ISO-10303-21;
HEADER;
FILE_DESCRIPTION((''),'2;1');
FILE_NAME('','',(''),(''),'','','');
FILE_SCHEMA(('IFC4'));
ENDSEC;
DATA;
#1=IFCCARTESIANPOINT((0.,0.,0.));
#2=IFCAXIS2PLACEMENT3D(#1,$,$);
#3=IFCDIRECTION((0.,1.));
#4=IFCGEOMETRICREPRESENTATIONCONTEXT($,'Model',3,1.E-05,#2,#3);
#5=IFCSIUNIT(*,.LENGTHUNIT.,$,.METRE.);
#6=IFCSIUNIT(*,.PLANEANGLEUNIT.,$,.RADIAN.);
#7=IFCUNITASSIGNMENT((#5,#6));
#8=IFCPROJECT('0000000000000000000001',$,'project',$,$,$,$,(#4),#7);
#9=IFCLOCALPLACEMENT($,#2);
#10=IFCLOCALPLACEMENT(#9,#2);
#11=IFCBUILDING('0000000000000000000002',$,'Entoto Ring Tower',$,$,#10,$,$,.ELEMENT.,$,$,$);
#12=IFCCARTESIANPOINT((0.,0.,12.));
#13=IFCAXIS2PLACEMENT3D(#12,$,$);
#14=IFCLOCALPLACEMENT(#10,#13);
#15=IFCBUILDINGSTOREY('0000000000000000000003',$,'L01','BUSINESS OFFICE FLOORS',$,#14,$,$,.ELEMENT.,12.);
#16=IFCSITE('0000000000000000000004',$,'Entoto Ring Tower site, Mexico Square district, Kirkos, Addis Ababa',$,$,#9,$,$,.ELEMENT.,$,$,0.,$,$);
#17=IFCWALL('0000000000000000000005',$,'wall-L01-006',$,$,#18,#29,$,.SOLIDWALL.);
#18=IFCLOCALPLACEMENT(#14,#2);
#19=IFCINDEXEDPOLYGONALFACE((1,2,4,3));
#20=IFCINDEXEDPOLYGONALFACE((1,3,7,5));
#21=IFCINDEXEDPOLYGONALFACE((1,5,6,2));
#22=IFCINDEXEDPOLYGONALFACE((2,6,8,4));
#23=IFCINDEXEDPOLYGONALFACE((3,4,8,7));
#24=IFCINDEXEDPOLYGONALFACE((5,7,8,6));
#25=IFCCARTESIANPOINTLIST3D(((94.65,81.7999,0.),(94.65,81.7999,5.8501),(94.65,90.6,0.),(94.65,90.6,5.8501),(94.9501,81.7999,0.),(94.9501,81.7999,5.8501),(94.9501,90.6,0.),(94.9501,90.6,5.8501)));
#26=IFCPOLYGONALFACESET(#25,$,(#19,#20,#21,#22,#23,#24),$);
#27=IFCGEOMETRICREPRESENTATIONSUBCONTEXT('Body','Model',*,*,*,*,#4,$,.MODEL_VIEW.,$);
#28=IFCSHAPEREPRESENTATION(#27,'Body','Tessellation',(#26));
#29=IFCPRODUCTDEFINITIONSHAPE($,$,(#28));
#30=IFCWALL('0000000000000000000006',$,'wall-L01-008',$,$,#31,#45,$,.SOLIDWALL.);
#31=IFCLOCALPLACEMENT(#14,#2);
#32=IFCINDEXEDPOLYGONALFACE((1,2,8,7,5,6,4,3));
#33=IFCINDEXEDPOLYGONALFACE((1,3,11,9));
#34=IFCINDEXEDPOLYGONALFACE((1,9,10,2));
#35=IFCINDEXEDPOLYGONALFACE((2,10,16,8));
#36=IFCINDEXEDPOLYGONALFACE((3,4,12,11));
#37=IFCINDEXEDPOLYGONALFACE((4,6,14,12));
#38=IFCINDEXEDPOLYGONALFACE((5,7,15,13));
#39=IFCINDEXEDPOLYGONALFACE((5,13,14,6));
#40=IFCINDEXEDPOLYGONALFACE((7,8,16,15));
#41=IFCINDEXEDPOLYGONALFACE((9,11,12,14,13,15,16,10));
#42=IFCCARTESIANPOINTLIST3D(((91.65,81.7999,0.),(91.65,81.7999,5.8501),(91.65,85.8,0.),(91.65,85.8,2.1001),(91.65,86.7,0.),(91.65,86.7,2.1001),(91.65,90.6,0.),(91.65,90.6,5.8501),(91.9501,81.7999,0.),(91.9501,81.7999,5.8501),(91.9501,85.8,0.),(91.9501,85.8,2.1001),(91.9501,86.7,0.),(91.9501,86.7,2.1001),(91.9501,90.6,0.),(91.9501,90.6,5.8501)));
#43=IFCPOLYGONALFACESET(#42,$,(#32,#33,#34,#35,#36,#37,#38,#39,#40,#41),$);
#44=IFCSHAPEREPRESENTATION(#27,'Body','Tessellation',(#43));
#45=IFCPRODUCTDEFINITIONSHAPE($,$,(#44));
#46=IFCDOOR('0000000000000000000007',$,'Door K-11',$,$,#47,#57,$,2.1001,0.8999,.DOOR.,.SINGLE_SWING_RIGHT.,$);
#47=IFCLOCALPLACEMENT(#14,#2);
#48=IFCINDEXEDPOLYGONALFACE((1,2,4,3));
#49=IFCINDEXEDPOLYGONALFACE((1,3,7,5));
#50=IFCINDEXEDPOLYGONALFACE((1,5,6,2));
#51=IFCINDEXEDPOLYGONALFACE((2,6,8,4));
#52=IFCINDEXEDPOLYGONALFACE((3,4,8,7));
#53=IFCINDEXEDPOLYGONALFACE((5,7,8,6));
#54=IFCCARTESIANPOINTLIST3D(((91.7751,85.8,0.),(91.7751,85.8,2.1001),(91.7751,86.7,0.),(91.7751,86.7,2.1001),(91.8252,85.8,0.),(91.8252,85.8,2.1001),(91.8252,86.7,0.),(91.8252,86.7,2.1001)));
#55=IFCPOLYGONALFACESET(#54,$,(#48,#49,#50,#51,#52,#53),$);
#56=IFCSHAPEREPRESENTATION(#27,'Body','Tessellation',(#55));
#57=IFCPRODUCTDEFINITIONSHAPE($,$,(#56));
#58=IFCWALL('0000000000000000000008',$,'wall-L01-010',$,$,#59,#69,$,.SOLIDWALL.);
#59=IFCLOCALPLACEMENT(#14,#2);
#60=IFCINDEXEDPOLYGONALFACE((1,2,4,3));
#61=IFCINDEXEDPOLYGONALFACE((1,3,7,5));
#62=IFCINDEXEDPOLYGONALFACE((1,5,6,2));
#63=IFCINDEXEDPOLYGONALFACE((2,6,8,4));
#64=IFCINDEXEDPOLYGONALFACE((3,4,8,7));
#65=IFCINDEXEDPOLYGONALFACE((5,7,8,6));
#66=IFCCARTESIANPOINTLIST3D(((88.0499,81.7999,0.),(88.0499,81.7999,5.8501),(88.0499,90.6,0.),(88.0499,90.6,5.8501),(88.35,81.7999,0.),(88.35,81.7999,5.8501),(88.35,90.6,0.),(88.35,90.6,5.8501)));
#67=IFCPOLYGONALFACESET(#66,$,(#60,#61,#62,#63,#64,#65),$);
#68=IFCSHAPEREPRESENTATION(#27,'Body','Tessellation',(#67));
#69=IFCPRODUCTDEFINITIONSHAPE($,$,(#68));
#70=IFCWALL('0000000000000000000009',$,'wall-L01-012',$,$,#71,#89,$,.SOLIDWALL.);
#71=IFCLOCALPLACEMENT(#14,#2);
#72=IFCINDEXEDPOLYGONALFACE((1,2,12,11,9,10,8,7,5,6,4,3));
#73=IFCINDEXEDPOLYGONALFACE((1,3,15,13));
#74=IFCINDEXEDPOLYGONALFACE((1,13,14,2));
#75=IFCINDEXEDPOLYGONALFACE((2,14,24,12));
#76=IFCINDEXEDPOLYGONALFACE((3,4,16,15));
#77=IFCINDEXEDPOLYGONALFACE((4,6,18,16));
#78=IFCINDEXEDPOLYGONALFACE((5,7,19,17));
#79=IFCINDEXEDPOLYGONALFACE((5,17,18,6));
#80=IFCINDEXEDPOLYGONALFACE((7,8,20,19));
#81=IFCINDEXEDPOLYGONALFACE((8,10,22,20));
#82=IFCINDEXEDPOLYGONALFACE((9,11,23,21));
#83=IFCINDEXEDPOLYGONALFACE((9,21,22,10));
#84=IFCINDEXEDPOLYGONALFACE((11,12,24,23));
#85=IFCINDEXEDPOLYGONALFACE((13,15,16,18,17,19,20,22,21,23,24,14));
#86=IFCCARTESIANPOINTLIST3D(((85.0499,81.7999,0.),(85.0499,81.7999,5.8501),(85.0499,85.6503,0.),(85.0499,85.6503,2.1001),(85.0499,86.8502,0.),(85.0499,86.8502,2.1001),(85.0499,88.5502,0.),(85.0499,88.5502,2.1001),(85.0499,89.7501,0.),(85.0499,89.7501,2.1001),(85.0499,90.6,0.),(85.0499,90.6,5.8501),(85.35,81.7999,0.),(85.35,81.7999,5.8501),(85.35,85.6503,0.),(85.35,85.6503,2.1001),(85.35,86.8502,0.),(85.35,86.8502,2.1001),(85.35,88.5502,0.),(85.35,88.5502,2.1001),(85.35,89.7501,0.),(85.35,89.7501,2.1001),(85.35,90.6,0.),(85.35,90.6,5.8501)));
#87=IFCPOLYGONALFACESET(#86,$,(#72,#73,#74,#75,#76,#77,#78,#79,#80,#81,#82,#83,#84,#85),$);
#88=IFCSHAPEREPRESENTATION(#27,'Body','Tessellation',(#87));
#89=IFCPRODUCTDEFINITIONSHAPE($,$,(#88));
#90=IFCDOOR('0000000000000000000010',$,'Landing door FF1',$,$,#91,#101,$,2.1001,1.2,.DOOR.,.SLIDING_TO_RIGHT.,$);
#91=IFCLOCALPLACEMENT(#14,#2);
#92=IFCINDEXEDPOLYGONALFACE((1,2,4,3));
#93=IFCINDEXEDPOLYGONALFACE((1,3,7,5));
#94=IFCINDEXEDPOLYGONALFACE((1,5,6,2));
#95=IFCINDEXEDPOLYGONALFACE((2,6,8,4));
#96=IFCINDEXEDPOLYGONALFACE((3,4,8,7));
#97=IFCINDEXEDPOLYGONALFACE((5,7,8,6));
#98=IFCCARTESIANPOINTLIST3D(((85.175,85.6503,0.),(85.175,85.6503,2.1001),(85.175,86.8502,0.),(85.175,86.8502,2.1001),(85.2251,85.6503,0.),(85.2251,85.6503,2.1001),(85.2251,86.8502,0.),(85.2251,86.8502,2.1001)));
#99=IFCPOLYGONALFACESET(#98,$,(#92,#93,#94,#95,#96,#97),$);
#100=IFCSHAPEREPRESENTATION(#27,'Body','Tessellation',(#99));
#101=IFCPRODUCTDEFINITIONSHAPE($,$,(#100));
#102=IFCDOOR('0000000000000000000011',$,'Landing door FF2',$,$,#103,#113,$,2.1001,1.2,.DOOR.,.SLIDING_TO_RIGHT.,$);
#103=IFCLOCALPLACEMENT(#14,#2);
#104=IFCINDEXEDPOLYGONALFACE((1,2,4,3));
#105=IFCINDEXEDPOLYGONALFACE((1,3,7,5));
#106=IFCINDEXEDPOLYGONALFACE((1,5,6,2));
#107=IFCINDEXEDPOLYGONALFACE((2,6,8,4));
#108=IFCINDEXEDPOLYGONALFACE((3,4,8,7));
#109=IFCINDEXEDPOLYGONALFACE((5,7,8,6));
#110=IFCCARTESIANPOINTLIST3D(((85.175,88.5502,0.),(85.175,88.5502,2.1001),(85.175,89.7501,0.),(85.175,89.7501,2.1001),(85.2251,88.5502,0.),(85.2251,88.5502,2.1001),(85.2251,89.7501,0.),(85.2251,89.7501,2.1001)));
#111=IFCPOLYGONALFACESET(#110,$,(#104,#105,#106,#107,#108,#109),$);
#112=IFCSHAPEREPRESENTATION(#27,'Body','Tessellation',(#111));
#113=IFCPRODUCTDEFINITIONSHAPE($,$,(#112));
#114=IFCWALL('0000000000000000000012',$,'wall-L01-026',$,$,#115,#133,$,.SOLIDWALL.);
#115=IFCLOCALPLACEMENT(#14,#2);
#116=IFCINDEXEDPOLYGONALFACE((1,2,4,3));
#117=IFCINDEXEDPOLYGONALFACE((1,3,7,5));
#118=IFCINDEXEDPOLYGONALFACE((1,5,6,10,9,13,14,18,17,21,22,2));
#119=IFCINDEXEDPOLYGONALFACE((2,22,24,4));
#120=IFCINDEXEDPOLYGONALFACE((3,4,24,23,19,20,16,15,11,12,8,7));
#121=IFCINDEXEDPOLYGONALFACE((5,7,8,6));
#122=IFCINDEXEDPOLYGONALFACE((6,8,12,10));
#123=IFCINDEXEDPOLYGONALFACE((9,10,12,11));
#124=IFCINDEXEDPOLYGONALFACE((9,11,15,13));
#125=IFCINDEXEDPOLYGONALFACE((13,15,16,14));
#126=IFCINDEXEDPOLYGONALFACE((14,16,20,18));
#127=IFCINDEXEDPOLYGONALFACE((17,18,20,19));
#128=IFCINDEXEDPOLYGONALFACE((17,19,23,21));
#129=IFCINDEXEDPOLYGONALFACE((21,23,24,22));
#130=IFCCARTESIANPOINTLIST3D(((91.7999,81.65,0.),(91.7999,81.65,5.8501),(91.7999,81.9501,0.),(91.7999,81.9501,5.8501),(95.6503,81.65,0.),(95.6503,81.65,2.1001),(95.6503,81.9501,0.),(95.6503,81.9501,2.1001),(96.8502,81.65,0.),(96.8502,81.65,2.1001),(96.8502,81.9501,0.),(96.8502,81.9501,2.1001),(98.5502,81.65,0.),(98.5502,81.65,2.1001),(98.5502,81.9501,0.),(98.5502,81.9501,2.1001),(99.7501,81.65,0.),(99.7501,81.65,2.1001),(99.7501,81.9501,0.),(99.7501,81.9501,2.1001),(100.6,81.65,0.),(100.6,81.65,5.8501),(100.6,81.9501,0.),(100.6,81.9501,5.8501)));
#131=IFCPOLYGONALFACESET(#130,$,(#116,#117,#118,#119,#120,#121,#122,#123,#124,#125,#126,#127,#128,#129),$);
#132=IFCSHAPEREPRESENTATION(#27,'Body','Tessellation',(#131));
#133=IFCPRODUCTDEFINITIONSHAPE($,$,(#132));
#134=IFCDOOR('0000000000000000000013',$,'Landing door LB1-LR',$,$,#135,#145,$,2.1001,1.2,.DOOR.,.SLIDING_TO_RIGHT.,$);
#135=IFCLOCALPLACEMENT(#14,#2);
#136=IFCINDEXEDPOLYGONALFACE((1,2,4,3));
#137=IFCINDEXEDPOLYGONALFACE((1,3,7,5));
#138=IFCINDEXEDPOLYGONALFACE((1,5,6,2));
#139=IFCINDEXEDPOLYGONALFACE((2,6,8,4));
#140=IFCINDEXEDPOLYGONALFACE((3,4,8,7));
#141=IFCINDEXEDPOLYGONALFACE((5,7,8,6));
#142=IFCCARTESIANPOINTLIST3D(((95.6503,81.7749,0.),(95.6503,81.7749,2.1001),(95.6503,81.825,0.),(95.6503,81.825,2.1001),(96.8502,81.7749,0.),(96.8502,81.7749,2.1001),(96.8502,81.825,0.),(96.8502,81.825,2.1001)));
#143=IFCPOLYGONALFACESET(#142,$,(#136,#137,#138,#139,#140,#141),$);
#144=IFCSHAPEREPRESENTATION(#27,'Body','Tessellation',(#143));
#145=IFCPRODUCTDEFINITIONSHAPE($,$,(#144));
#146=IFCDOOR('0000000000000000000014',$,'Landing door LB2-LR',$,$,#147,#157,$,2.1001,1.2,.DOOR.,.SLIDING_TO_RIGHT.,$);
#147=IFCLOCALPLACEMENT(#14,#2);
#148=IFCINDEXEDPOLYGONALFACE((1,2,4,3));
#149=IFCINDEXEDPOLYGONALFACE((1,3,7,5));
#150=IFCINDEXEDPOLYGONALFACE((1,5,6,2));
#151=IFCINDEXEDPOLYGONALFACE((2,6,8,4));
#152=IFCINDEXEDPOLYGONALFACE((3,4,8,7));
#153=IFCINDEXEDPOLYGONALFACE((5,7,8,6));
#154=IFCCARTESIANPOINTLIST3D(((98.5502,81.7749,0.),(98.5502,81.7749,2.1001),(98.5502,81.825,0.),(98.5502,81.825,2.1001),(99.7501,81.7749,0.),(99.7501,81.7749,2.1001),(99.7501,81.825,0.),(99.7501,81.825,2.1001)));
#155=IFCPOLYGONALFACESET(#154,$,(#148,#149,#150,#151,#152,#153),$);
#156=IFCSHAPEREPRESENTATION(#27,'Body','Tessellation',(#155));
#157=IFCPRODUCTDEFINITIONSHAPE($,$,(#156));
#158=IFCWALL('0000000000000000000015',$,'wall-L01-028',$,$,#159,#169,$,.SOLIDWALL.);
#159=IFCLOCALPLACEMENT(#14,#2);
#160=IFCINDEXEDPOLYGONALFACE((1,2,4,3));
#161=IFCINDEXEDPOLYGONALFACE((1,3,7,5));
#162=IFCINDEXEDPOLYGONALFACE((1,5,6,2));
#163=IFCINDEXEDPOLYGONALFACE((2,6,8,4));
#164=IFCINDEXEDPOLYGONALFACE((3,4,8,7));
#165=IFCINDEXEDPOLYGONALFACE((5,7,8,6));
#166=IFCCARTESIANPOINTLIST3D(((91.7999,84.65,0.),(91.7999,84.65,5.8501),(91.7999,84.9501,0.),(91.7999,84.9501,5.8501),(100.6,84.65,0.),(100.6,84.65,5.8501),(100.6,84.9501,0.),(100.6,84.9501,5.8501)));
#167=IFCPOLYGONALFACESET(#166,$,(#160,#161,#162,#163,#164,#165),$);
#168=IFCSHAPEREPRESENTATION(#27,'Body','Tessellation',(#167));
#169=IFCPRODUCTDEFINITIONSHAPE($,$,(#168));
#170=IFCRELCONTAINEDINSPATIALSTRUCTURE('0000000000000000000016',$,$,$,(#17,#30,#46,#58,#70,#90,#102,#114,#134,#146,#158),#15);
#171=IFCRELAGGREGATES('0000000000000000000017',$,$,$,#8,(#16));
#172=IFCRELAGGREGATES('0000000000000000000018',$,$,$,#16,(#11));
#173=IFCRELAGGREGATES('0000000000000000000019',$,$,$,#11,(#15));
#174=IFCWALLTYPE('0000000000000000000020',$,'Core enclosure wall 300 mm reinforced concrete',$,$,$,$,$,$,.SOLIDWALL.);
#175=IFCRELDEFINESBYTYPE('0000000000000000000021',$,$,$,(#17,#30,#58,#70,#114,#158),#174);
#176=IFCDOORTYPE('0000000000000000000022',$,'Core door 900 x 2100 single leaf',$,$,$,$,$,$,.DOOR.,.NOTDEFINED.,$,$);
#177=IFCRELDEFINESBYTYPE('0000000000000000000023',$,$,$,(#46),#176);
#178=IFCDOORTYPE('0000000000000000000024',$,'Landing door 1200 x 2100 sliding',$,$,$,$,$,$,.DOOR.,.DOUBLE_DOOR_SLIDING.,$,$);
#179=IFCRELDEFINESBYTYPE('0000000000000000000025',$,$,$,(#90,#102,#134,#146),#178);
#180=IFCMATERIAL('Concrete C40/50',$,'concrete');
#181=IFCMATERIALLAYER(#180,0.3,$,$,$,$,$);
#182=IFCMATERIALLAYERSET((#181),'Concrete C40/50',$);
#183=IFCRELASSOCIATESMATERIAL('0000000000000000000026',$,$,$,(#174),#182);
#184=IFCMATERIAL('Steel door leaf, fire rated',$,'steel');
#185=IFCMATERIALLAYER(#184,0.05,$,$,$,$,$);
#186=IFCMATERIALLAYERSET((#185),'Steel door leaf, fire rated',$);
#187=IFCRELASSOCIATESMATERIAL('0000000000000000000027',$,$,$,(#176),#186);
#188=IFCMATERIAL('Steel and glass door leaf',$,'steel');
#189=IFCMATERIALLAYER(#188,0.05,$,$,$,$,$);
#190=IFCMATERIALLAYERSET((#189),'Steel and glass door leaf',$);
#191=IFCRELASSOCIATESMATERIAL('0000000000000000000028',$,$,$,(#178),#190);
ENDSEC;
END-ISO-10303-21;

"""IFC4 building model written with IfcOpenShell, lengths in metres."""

from ifc_helpers import new_model, si_unit, direction, frame, frame_2d, origin, place, context, subcontext, project, spatial, rectangle, extrude, material, layer, layer_set, type_object, element, fill, save


model = new_model("IFC4")

# Units and contexts
model_context = context("Model", 3, precision=1e-05, world=origin(), true_north=direction((0.0, 1.0)))
body_context = subcontext(model_context, "Body", "Model", "MODEL_VIEW")
ifc_project = project(units=[si_unit("LENGTHUNIT", "METRE"), si_unit("PLANEANGLEUNIT", "RADIAN")], contexts=[model_context])

# Site, building, storey
site_placement = place(None, origin())
site = spatial("IfcSite", under=ifc_project, at=site_placement, Name="Entoto Ring Tower site, Mexico Square district, Kirkos, Addis Ababa", CompositionType="ELEMENT", RefElevation=0.0)
building_placement = place(site_placement, origin())
building = spatial("IfcBuilding", under=site, at=building_placement, Name="Entoto Ring Tower", CompositionType="ELEMENT")
storey_placement = place(building_placement, frame((0.0, 0.0, 12.0)))
storey = spatial("IfcBuildingStorey", under=building, at=storey_placement, Name="L01", Description="BUSINESS OFFICE FLOORS", CompositionType="ELEMENT", Elevation=12.0)

# Shared definitions
ifc_material_1 = material(Name="Concrete C40/50", Category="concrete")
ifc_layer_1 = layer(ifc_material_1, 0.3)
ifc_layer_set_1 = layer_set([ifc_layer_1], Name="Concrete C40/50")
wall_type = type_object("IfcWallType", Name="Core enclosure wall 300 mm reinforced concrete", PredefinedType="SOLIDWALL", material=ifc_layer_set_1)

# Wall
wall_1_placement = place(storey_placement, frame((94.8, 81.8, 0.0), z_axis=(0.0, 0.0, 1.0), x_axis=(0.0, 1.0, 0.0)))
element("IfcWall", 1, at=wall_1_placement, inside=storey, type_object=wall_type, Name="wall-L01-006", PredefinedType="SOLIDWALL", context=body_context, shape_type="SweptSolid", body=[
    extrude(rectangle(XDim=8.8, YDim=0.3, at=frame_2d((4.3999, 0.0))), origin(), (0.0, 0.0, 1.0), 5.8501),
])

# Wall, opening, door
wall_2_placement = place(storey_placement, frame((91.8, 81.8, 0.0), z_axis=(0.0, 0.0, 1.0), x_axis=(0.0, 1.0, 0.0)))
wall_2 = element("IfcWall", 2, at=wall_2_placement, inside=storey, type_object=wall_type, Name="wall-L01-008", PredefinedType="SOLIDWALL", context=body_context, shape_type="SweptSolid", body=[
    extrude(rectangle(XDim=8.8, YDim=0.3, at=frame_2d((4.3999, 0.0))), origin(), (0.0, 0.0, 1.0), 5.8501),
])
opening_1_placement = place(wall_2_placement, frame((4.0, 0.0, 0.0)))
opening_1 = element("IfcOpeningElement", 3, at=opening_1_placement, cuts=wall_2, PredefinedType="OPENING", context=body_context, shape_type="SweptSolid", body=[
    extrude(rectangle(XDim=0.8999, YDim=2.1001, at=frame_2d((0.45, 1.05))), frame((0.0, 0.1602, 0.0), z_axis=(0.0, -1.0, 0.0), x_axis=(1.0, 0.0, 0.0)), (0.0, 0.0, 1.0), 0.3201),
])
ifc_material_2 = material(Name="Steel door leaf, fire rated", Category="steel")
ifc_layer_2 = layer(ifc_material_2, 0.05)
ifc_layer_set_2 = layer_set([ifc_layer_2], Name="Steel door leaf, fire rated")
door_type_1 = type_object("IfcDoorType", Name="Core door 900 x 2100 single leaf", OperationType="NOTDEFINED", PredefinedType="DOOR", material=ifc_layer_set_2)
door_1_placement = place(opening_1_placement, origin())
door_1 = element("IfcDoor", 4, at=door_1_placement, inside=storey, type_object=door_type_1, Name="Door K-11", OperationType="SINGLE_SWING_RIGHT", OverallHeight=2.1001, OverallWidth=0.8999, PredefinedType="DOOR", context=body_context, shape_type="SweptSolid", body=[
    extrude(rectangle(XDim=0.8999, YDim=2.1001, at=frame_2d((0.45, 1.05))), frame((0.0, 0.0249, 0.0), z_axis=(0.0, -1.0, 0.0), x_axis=(1.0, 0.0, 0.0)), (0.0, 0.0, 1.0), 0.05),
])
fill(opening_1, door_1)

# Wall
wall_3_placement = place(storey_placement, frame((88.2, 81.8, 0.0), z_axis=(0.0, 0.0, 1.0), x_axis=(0.0, 1.0, 0.0)))
element("IfcWall", 5, at=wall_3_placement, inside=storey, type_object=wall_type, Name="wall-L01-010", PredefinedType="SOLIDWALL", context=body_context, shape_type="SweptSolid", body=[
    extrude(rectangle(XDim=8.8, YDim=0.3, at=frame_2d((4.3999, 0.0))), origin(), (0.0, 0.0, 1.0), 5.8501),
])

# Walls, openings, doors
wall_4_placement = place(storey_placement, frame((85.2, 81.8, 0.0), z_axis=(0.0, 0.0, 1.0), x_axis=(0.0, 1.0, 0.0)))
wall_4 = element("IfcWall", 6, at=wall_4_placement, inside=storey, type_object=wall_type, Name="wall-L01-012", PredefinedType="SOLIDWALL", context=body_context, shape_type="SweptSolid", body=[
    extrude(rectangle(XDim=8.8, YDim=0.3, at=frame_2d((4.3999, 0.0))), origin(), (0.0, 0.0, 1.0), 5.8501),
])
opening_2_placement = place(wall_4_placement, frame((3.8501, 0.0, 0.0)))
opening_2 = element("IfcOpeningElement", 7, at=opening_2_placement, cuts=wall_4, PredefinedType="OPENING", context=body_context, shape_type="SweptSolid", body=[
    extrude(rectangle(XDim=1.2, YDim=2.1001, at=frame_2d((0.6001, 1.05))), frame((0.0, 0.1602, 0.0), z_axis=(0.0, -1.0, 0.0), x_axis=(1.0, 0.0, 0.0)), (0.0, 0.0, 1.0), 0.3201),
])
opening_3_placement = place(wall_4_placement, frame((6.75, 0.0, 0.0)))
opening_3 = element("IfcOpeningElement", 8, at=opening_3_placement, cuts=wall_4, PredefinedType="OPENING", context=body_context, shape_type="SweptSolid", body=[
    extrude(rectangle(XDim=1.2, YDim=2.1001, at=frame_2d((0.6001, 1.05))), frame((0.0, 0.1602, 0.0), z_axis=(0.0, -1.0, 0.0), x_axis=(1.0, 0.0, 0.0)), (0.0, 0.0, 1.0), 0.3201),
])
ifc_material_3 = material(Name="Steel and glass door leaf", Category="steel")
ifc_layer_3 = layer(ifc_material_3, 0.05)
ifc_layer_set_3 = layer_set([ifc_layer_3], Name="Steel and glass door leaf")
door_type_2 = type_object("IfcDoorType", Name="Landing door 1200 x 2100 sliding", OperationType="DOUBLE_DOOR_SLIDING", PredefinedType="DOOR", material=ifc_layer_set_3)
door_2_placement = place(opening_2_placement, origin())
door_2 = element("IfcDoor", 9, at=door_2_placement, inside=storey, type_object=door_type_2, Name="Landing door FF1", OperationType="SLIDING_TO_RIGHT", OverallHeight=2.1001, OverallWidth=1.2, PredefinedType="DOOR", context=body_context, shape_type="SweptSolid", body=[
    extrude(rectangle(XDim=1.2, YDim=2.1001, at=frame_2d((0.6001, 1.05))), frame((0.0, 0.0249, 0.0), z_axis=(0.0, -1.0, 0.0), x_axis=(1.0, 0.0, 0.0)), (0.0, 0.0, 1.0), 0.05),
])
fill(opening_2, door_2)
door_3_placement = place(opening_3_placement, origin())
door_3 = element("IfcDoor", 10, at=door_3_placement, inside=storey, type_object=door_type_2, Name="Landing door FF2", OperationType="SLIDING_TO_RIGHT", OverallHeight=2.1001, OverallWidth=1.2, PredefinedType="DOOR", context=body_context, shape_type="SweptSolid", body=[
    extrude(rectangle(XDim=1.2, YDim=2.1001, at=frame_2d((0.6001, 1.05))), frame((0.0, 0.0249, 0.0), z_axis=(0.0, -1.0, 0.0), x_axis=(1.0, 0.0, 0.0)), (0.0, 0.0, 1.0), 0.05),
])
fill(opening_3, door_3)
wall_5_placement = place(storey_placement, frame((91.8, 81.8, 0.0), z_axis=(0.0, 0.0, 1.0), x_axis=(1.0, 0.0, 0.0)))
wall_5 = element("IfcWall", 11, at=wall_5_placement, inside=storey, type_object=wall_type, Name="wall-L01-026", PredefinedType="SOLIDWALL", context=body_context, shape_type="SweptSolid", body=[
    extrude(rectangle(XDim=8.8, YDim=0.3, at=frame_2d((4.3999, 0.0))), origin(), (0.0, 0.0, 1.0), 5.8501),
])
opening_4_placement = place(wall_5_placement, frame((3.8501, 0.0, 0.0)))
opening_4 = element("IfcOpeningElement", 12, at=opening_4_placement, cuts=wall_5, PredefinedType="OPENING", context=body_context, shape_type="SweptSolid", body=[
    extrude(rectangle(XDim=1.2, YDim=2.1001, at=frame_2d((0.6001, 1.05))), frame((0.0, 0.1602, 0.0), z_axis=(0.0, -1.0, 0.0), x_axis=(1.0, 0.0, 0.0)), (0.0, 0.0, 1.0), 0.3201),
])
opening_5_placement = place(wall_5_placement, frame((6.75, 0.0, 0.0)))
opening_5 = element("IfcOpeningElement", 13, at=opening_5_placement, cuts=wall_5, PredefinedType="OPENING", context=body_context, shape_type="SweptSolid", body=[
    extrude(rectangle(XDim=1.2, YDim=2.1001, at=frame_2d((0.6001, 1.05))), frame((0.0, 0.1602, 0.0), z_axis=(0.0, -1.0, 0.0), x_axis=(1.0, 0.0, 0.0)), (0.0, 0.0, 1.0), 0.3201),
])
door_4_placement = place(opening_4_placement, origin())
door_4 = element("IfcDoor", 14, at=door_4_placement, inside=storey, type_object=door_type_2, Name="Landing door LB1-LR", OperationType="SLIDING_TO_RIGHT", OverallHeight=2.1001, OverallWidth=1.2, PredefinedType="DOOR", context=body_context, shape_type="SweptSolid", body=[
    extrude(rectangle(XDim=1.2, YDim=2.1001, at=frame_2d((0.6001, 1.05))), frame((0.0, 0.0249, 0.0), z_axis=(0.0, -1.0, 0.0), x_axis=(1.0, 0.0, 0.0)), (0.0, 0.0, 1.0), 0.05),
])
fill(opening_4, door_4)
door_5_placement = place(opening_5_placement, origin())
door_5 = element("IfcDoor", 15, at=door_5_placement, inside=storey, type_object=door_type_2, Name="Landing door LB2-LR", OperationType="SLIDING_TO_RIGHT", OverallHeight=2.1001, OverallWidth=1.2, PredefinedType="DOOR", context=body_context, shape_type="SweptSolid", body=[
    extrude(rectangle(XDim=1.2, YDim=2.1001, at=frame_2d((0.6001, 1.05))), frame((0.0, 0.0249, 0.0), z_axis=(0.0, -1.0, 0.0), x_axis=(1.0, 0.0, 0.0)), (0.0, 0.0, 1.0), 0.05),
])
fill(opening_5, door_5)

# Wall
wall_6_placement = place(storey_placement, frame((91.8, 84.8, 0.0), z_axis=(0.0, 0.0, 1.0), x_axis=(1.0, 0.0, 0.0)))
element("IfcWall", 16, at=wall_6_placement, inside=storey, type_object=wall_type, Name="wall-L01-028", PredefinedType="SOLIDWALL", context=body_context, shape_type="SweptSolid", body=[
    extrude(rectangle(XDim=8.8, YDim=0.3, at=frame_2d((4.3999, 0.0))), origin(), (0.0, 0.0, 1.0), 5.8501),
])

save(model, "model.ifc")
